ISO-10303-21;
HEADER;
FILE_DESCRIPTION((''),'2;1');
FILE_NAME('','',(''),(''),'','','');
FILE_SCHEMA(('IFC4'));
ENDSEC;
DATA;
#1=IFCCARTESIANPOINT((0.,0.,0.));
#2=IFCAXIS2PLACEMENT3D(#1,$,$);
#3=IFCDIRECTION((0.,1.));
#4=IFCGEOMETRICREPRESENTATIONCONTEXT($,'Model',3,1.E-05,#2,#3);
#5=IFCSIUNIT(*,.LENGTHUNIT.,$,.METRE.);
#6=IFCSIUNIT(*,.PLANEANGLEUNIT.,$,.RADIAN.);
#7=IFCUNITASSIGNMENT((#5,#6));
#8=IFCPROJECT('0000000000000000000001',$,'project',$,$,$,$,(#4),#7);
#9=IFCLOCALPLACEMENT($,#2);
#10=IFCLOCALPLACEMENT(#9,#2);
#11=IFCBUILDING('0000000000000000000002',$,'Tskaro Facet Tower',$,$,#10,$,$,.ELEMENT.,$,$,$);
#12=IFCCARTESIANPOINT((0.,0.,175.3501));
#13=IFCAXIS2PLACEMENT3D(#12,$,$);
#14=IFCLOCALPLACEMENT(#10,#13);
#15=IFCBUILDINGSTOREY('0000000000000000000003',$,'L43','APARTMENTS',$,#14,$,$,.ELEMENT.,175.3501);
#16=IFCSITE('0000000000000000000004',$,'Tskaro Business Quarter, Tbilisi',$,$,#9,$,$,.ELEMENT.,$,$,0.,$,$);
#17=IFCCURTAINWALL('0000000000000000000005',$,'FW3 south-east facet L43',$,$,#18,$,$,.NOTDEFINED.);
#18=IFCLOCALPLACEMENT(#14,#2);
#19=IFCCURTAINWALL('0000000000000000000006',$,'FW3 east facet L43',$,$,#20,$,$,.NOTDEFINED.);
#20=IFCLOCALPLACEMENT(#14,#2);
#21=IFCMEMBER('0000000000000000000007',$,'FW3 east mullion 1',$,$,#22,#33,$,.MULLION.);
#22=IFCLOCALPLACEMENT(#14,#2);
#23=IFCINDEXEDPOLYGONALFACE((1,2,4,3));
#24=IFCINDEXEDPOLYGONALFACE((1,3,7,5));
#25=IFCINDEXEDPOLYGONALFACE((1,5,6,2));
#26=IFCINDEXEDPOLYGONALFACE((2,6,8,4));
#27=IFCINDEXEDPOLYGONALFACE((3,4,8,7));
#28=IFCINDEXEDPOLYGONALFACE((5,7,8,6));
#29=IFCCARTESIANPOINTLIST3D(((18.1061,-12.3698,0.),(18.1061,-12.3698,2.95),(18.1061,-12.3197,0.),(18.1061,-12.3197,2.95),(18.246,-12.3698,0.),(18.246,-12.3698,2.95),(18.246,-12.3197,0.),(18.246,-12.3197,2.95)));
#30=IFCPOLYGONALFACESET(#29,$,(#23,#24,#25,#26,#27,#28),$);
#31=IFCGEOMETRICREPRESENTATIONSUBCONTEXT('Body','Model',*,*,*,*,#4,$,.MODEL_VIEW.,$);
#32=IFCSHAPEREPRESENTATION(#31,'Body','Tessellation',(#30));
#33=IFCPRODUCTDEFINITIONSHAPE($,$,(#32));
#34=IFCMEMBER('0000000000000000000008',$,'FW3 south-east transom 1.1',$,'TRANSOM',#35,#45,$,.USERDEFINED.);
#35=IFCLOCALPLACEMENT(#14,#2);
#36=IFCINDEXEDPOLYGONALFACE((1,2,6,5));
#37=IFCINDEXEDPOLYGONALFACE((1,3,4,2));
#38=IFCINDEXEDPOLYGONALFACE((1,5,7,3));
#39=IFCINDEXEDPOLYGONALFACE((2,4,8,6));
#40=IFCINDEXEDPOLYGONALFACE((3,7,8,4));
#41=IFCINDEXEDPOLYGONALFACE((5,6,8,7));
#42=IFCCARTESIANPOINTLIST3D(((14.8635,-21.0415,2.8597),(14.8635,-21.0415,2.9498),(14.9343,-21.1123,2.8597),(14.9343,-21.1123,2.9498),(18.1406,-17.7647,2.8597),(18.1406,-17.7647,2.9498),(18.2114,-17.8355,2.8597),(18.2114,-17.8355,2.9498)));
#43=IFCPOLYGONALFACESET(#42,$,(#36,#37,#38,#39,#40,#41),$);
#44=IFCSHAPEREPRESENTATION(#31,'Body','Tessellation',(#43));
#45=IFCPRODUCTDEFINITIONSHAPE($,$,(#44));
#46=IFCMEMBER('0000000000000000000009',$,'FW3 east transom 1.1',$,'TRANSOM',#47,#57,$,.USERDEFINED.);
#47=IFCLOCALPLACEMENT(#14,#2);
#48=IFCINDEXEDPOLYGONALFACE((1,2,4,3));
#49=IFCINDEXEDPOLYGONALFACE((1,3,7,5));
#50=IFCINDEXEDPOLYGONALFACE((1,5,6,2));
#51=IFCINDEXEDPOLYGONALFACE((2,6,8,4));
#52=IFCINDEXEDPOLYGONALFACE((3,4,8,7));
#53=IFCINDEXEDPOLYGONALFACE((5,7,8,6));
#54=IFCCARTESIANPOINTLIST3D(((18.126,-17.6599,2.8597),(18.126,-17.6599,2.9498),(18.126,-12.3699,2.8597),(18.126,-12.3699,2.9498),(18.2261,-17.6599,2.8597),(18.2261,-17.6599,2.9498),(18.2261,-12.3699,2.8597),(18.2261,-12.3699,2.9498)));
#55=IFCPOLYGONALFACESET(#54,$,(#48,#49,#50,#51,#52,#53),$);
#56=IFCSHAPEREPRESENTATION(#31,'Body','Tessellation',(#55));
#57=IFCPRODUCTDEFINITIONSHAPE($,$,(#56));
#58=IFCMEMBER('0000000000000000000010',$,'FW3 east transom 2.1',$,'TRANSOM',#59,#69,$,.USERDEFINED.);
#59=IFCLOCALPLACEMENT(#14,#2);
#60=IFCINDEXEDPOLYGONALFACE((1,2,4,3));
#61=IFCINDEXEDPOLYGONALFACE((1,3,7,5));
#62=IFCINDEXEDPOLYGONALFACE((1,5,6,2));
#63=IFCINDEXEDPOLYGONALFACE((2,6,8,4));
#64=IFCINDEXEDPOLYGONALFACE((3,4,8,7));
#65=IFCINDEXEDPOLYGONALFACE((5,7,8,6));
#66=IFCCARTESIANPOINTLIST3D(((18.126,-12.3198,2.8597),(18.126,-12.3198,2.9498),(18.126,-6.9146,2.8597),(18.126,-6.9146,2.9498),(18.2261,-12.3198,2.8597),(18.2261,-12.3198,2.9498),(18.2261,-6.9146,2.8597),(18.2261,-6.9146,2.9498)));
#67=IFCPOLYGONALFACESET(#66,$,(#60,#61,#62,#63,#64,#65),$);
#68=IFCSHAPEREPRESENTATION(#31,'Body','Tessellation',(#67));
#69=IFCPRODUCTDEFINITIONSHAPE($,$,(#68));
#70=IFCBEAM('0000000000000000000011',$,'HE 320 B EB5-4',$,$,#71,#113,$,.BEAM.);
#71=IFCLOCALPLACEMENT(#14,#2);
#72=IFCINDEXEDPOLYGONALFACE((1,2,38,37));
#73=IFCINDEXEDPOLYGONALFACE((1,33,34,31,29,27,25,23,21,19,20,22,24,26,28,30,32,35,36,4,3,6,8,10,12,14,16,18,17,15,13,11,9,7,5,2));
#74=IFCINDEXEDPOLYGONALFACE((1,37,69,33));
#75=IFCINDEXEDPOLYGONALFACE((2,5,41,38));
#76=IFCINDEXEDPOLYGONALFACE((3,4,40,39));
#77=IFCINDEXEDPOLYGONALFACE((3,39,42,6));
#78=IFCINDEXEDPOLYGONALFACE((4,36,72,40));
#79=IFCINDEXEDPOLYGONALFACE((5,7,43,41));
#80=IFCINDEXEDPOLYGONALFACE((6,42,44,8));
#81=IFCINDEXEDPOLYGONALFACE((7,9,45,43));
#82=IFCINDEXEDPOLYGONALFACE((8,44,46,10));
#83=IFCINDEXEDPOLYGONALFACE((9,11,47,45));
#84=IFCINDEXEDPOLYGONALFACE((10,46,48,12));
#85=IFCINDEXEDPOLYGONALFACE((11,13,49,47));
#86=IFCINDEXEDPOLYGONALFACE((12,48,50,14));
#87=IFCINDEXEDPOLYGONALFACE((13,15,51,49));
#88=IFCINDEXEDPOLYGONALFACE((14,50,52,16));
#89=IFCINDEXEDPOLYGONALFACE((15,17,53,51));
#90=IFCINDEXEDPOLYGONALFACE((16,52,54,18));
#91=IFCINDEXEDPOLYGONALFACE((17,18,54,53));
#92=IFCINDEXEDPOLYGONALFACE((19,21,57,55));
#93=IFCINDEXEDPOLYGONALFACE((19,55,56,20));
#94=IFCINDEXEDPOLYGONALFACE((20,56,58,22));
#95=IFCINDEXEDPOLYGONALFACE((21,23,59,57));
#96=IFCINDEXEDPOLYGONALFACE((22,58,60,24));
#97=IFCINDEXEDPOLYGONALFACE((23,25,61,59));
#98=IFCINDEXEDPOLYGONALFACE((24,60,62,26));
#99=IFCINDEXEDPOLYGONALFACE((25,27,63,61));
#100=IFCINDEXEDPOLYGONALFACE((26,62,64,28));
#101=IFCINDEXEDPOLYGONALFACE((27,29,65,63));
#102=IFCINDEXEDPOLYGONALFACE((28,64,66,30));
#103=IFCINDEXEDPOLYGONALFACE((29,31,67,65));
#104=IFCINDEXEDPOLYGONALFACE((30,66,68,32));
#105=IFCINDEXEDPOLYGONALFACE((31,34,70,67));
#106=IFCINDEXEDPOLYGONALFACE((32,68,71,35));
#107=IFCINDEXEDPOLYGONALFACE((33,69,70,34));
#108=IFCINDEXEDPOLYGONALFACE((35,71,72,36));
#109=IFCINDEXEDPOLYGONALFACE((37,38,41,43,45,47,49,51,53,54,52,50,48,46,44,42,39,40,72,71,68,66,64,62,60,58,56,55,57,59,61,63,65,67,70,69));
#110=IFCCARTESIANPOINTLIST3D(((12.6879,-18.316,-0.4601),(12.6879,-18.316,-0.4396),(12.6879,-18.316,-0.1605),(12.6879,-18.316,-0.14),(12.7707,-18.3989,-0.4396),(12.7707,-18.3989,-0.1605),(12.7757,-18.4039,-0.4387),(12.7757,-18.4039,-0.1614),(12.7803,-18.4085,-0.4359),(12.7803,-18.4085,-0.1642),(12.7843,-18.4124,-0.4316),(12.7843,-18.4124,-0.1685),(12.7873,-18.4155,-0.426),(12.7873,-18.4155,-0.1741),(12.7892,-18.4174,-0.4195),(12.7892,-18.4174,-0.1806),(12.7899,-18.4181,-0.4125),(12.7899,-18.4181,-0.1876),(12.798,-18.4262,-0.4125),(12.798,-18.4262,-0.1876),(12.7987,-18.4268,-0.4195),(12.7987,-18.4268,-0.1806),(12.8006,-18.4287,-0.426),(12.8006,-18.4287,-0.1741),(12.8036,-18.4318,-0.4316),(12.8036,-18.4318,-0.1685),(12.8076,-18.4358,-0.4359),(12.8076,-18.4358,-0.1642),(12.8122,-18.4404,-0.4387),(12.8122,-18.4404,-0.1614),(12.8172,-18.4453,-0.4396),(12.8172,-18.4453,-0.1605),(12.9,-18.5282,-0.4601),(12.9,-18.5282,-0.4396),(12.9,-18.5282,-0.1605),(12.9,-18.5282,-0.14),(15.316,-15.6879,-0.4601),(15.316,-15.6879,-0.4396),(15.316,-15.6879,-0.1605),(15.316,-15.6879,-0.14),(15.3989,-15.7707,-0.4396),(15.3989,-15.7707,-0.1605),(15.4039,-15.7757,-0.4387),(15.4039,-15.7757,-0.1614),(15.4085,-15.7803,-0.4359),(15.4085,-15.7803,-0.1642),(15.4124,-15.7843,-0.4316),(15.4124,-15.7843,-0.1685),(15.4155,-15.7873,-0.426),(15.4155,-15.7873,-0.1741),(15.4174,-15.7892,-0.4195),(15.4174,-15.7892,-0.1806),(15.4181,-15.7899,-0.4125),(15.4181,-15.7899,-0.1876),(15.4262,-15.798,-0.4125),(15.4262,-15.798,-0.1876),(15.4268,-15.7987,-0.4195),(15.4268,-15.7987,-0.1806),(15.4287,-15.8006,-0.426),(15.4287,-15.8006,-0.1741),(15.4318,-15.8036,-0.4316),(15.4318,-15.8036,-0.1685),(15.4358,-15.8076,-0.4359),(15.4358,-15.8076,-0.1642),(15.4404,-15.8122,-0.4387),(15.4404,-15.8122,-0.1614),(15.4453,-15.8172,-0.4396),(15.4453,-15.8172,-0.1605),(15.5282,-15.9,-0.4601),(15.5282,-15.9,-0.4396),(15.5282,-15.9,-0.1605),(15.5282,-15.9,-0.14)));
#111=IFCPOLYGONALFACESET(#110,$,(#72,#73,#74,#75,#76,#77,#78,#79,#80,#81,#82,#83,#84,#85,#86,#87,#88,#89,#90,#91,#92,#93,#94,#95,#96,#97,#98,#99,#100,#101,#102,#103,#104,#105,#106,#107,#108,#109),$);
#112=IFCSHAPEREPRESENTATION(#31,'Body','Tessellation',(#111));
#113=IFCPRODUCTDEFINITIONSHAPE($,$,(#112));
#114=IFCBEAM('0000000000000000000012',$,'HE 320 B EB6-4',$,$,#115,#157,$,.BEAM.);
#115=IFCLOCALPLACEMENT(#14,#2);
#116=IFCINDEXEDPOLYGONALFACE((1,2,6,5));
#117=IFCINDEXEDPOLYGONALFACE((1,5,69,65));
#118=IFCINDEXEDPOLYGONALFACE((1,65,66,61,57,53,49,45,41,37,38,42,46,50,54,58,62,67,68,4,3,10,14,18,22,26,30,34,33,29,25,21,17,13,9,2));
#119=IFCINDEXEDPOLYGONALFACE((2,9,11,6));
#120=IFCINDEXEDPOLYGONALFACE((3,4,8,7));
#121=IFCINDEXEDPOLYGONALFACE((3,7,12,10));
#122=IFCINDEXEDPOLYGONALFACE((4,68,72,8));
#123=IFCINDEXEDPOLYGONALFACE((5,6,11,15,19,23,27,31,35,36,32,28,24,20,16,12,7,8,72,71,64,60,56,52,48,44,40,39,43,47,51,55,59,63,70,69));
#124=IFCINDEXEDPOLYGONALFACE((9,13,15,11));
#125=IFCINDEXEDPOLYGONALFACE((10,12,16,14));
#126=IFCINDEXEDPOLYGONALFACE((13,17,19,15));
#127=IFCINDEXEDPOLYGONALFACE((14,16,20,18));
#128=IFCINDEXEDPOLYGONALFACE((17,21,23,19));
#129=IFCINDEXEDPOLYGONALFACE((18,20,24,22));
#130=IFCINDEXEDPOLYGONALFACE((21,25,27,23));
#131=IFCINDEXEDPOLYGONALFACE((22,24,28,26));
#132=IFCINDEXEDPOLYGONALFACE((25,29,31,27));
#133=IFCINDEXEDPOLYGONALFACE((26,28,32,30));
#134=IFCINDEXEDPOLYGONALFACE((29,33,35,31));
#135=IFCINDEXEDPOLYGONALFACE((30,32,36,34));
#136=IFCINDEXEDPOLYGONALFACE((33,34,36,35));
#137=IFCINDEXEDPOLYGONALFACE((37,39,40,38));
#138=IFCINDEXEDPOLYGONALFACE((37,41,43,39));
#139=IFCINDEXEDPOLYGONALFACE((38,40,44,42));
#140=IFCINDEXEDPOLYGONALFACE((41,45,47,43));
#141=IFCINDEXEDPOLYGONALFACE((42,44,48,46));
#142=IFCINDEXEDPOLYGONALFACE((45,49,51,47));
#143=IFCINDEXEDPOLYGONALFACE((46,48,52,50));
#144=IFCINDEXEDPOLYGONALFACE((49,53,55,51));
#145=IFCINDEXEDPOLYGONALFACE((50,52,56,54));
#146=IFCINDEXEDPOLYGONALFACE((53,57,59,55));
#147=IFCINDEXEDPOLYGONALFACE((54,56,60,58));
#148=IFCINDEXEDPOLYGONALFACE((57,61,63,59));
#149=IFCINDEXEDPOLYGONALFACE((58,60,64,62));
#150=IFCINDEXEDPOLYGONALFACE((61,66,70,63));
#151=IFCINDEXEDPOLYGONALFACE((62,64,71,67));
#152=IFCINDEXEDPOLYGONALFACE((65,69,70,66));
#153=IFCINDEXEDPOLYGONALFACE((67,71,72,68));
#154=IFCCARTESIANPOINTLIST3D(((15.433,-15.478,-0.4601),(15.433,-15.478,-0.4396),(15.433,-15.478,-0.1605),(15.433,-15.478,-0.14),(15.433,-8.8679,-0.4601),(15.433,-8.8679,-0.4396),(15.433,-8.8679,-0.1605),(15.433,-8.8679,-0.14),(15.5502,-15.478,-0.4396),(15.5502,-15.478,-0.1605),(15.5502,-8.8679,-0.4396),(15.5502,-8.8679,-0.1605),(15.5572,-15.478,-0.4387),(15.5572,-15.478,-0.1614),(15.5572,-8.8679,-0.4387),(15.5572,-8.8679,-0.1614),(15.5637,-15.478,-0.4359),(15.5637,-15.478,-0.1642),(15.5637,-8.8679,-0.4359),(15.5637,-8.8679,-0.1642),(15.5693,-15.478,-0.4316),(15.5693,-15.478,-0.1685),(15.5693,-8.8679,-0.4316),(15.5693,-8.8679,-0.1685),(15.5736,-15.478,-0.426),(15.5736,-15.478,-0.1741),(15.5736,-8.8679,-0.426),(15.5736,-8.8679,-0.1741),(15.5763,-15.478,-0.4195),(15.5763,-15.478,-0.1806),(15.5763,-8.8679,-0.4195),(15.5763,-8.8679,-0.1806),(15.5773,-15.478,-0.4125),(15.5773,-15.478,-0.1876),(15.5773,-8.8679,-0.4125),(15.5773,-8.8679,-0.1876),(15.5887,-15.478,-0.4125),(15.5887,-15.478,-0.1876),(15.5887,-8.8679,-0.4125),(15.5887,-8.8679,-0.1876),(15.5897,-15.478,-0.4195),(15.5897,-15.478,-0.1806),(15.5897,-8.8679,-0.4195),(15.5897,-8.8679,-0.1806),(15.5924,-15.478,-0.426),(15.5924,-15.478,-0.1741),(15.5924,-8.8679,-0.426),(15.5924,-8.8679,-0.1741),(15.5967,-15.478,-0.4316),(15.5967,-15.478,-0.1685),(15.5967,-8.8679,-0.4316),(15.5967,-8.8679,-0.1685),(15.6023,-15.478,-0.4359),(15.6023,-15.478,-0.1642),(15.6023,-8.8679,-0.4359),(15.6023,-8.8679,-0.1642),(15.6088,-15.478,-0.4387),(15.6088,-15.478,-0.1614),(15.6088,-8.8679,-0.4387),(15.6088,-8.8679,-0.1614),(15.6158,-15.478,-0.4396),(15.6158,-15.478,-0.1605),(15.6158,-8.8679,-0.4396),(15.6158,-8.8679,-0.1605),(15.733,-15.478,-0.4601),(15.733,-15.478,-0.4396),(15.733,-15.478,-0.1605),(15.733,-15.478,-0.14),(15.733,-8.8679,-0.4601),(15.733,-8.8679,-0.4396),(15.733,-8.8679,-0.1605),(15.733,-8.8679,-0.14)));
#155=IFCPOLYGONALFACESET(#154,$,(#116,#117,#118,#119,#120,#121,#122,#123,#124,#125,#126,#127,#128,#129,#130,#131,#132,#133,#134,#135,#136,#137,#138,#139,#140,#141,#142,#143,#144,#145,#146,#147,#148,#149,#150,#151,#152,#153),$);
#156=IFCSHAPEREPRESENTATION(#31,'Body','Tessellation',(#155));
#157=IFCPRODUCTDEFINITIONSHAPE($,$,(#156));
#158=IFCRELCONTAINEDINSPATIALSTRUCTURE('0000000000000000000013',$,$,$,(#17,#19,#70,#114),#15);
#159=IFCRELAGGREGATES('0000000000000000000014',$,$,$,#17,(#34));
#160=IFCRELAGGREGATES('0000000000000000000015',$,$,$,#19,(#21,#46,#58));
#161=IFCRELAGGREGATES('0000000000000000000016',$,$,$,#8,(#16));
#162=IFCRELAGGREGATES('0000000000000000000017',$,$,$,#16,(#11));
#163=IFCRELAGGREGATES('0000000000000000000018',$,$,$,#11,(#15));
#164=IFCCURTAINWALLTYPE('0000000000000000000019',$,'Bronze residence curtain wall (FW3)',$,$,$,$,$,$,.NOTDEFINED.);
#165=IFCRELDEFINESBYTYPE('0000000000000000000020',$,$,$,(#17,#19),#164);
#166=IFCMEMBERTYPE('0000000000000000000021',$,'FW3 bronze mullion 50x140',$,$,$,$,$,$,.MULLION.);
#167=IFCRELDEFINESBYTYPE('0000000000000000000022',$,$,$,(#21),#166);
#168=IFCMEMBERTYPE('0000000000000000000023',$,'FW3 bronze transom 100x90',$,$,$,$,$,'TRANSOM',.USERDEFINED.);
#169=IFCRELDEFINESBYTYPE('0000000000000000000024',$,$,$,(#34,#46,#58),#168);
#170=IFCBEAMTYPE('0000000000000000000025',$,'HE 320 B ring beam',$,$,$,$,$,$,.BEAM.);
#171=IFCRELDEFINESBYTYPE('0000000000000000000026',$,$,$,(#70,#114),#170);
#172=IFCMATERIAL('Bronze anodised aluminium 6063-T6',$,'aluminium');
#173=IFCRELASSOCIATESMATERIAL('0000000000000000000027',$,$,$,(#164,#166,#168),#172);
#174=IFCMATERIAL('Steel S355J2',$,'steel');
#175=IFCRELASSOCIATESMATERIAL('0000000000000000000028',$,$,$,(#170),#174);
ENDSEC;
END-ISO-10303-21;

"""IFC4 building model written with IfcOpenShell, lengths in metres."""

from ifc_helpers import new_model, si_unit, direction, frame, origin, origin_2d, place, context, subcontext, project, spatial, rectangle, i_section, extrude, material, material_profile, profile_set, type_object, element, aggregate, save


model = new_model("IFC4")

# Units and contexts
model_context = context("Model", 3, precision=1e-05, world=origin(), true_north=direction((0.0, 1.0)))
body_context = subcontext(model_context, "Body", "Model", "MODEL_VIEW")
ifc_project = project(units=[si_unit("LENGTHUNIT", "METRE"), si_unit("PLANEANGLEUNIT", "RADIAN")], contexts=[model_context])

# Site, building, storey
site_placement = place(None, origin())
site = spatial("IfcSite", under=ifc_project, at=site_placement, Name="Tskaro Business Quarter, Tbilisi", CompositionType="ELEMENT", RefElevation=0.0)
building_placement = place(site_placement, origin())
building = spatial("IfcBuilding", under=site, at=building_placement, Name="Tskaro Facet Tower", CompositionType="ELEMENT")
storey_placement = place(building_placement, frame((0.0, 0.0, 175.3501)))
storey = spatial("IfcBuildingStorey", under=building, at=storey_placement, Name="L43", Description="APARTMENTS", CompositionType="ELEMENT", Elevation=175.3501)

# Curtain wall
ifc_material_1 = material(Name="Bronze anodised aluminium 6063-T6", Category="aluminium")
curtain_wall_type = type_object("IfcCurtainWallType", Name="Bronze residence curtain wall (FW3)", PredefinedType="NOTDEFINED", material=ifc_material_1)
curtain_wall_1_placement = place(storey_placement, origin())
curtain_wall_1 = element("IfcCurtainWall", 1, at=curtain_wall_1_placement, inside=storey, type_object=curtain_wall_type, Name="FW3 south-east facet L43", PredefinedType="NOTDEFINED")

# Curtain wall, member
curtain_wall_2_placement = place(storey_placement, origin())
curtain_wall_2 = element("IfcCurtainWall", 2, at=curtain_wall_2_placement, inside=storey, type_object=curtain_wall_type, Name="FW3 east facet L43", PredefinedType="NOTDEFINED")
ifc_material_profile_1 = material_profile(ifc_material_1, rectangle(XDim=0.05, YDim=0.1399, at=origin_2d()), Name="Mullion 50x140")
ifc_profile_set_1 = profile_set([ifc_material_profile_1], Name="Bronze anodised aluminium 6063-T6")
member_type_1 = type_object("IfcMemberType", Name="FW3 bronze mullion 50x140", PredefinedType="MULLION", material=ifc_profile_set_1)
member_1_placement = place(storey_placement, frame((18.176, -12.3447, 0.0), z_axis=(0.0, 0.0, 1.0), x_axis=(0.0, 1.0, 0.0)))
member_1 = element("IfcMember", 3, at=member_1_placement, type_object=member_type_1, Name="FW3 east mullion 1", PredefinedType="MULLION", context=body_context, shape_type="SweptSolid", body=[
    extrude(rectangle(XDim=0.05, YDim=0.1399, at=origin_2d()), origin(), (0.0, 0.0, 1.0), 2.95),
])

# Members
ifc_material_profile_2 = material_profile(ifc_material_1, rectangle(XDim=0.1001, YDim=0.0901, at=origin_2d()), Name="Transom 100x90")
ifc_profile_set_2 = profile_set([ifc_material_profile_2], Name="Bronze anodised aluminium 6063-T6")
member_type_2 = type_object("IfcMemberType", Name="FW3 bronze transom 100x90", ElementType="TRANSOM", PredefinedType="USERDEFINED", material=ifc_profile_set_2)
member_2_placement = place(storey_placement, frame((14.8989, -21.0769, 2.9048), z_axis=(0.707133, 0.70708, 0.0), x_axis=(-0.70708, 0.707133, 0.0)))
member_2 = element("IfcMember", 4, at=member_2_placement, type_object=member_type_2, Name="FW3 south-east transom 1.1", ObjectType="TRANSOM", PredefinedType="USERDEFINED", context=body_context, shape_type="SweptSolid", body=[
    extrude(rectangle(XDim=0.1001, YDim=0.0901, at=origin_2d()), origin(), (0.0, 0.0, 1.0), 4.6343),
])
member_3_placement = place(storey_placement, frame((18.176, -17.6599, 2.9048), z_axis=(0.0, 1.0, 0.0), x_axis=(-1.0, 0.0, 0.0)))
member_3 = element("IfcMember", 5, at=member_3_placement, type_object=member_type_2, Name="FW3 east transom 1.1", ObjectType="TRANSOM", PredefinedType="USERDEFINED", context=body_context, shape_type="SweptSolid", body=[
    extrude(rectangle(XDim=0.1001, YDim=0.0901, at=origin_2d()), origin(), (0.0, 0.0, 1.0), 5.29),
])
member_4_placement = place(storey_placement, frame((18.176, -12.3198, 2.9048), z_axis=(0.0, 1.0, 0.0), x_axis=(-1.0, 0.0, 0.0)))
member_4 = element("IfcMember", 6, at=member_4_placement, type_object=member_type_2, Name="FW3 east transom 2.1", ObjectType="TRANSOM", PredefinedType="USERDEFINED", context=body_context, shape_type="SweptSolid", body=[
    extrude(rectangle(XDim=0.1001, YDim=0.0901, at=origin_2d()), origin(), (0.0, 0.0, 1.0), 5.4053),
])

# Beams
ifc_material_2 = material(Name="Steel S355J2", Category="steel")
ifc_material_profile_3 = material_profile(ifc_material_2, i_section(OverallWidth=0.3, OverallDepth=0.3201, WebThickness=0.0115, FlangeThickness=0.0205, FilletRadius=0.0271, at=origin_2d()), Name="HE 320 B")
ifc_profile_set_3 = profile_set([ifc_material_profile_3], Name="Steel S355J2")
beam_type_1 = type_object("IfcBeamType", Name="HE 320 B ring beam", PredefinedType="BEAM", material=ifc_profile_set_3)
beam_1_placement = place(storey_placement, frame((12.7939, -18.4221, -0.3), z_axis=(0.707107, 0.707107, 0.0), x_axis=(-0.707107, 0.707107, 0.0)))
element("IfcBeam", 7, at=beam_1_placement, inside=storey, type_object=beam_type_1, Name="HE 320 B EB5-4", PredefinedType="BEAM", context=body_context, shape_type="SweptSolid", body=[
    extrude(i_section(OverallWidth=0.3, OverallDepth=0.3201, WebThickness=0.0115, FlangeThickness=0.0205, FilletRadius=0.0271, at=origin_2d()), origin(), (0.0, 0.0, 1.0), 3.7168),
])
beam_2_placement = place(storey_placement, frame((15.583, -15.478, -0.3), z_axis=(0.0, 1.0, 0.0), x_axis=(-1.0, 0.0, 0.0)))
element("IfcBeam", 8, at=beam_2_placement, inside=storey, type_object=beam_type_1, Name="HE 320 B EB6-4", PredefinedType="BEAM", context=body_context, shape_type="SweptSolid", body=[
    extrude(i_section(OverallWidth=0.3, OverallDepth=0.3201, WebThickness=0.0115, FlangeThickness=0.0205, FilletRadius=0.0271, at=origin_2d()), origin(), (0.0, 0.0, 1.0), 6.6101),
])

aggregate(curtain_wall_1, [member_2])
aggregate(curtain_wall_2, [member_1, member_3, member_4])

save(model, "model.ifc")
